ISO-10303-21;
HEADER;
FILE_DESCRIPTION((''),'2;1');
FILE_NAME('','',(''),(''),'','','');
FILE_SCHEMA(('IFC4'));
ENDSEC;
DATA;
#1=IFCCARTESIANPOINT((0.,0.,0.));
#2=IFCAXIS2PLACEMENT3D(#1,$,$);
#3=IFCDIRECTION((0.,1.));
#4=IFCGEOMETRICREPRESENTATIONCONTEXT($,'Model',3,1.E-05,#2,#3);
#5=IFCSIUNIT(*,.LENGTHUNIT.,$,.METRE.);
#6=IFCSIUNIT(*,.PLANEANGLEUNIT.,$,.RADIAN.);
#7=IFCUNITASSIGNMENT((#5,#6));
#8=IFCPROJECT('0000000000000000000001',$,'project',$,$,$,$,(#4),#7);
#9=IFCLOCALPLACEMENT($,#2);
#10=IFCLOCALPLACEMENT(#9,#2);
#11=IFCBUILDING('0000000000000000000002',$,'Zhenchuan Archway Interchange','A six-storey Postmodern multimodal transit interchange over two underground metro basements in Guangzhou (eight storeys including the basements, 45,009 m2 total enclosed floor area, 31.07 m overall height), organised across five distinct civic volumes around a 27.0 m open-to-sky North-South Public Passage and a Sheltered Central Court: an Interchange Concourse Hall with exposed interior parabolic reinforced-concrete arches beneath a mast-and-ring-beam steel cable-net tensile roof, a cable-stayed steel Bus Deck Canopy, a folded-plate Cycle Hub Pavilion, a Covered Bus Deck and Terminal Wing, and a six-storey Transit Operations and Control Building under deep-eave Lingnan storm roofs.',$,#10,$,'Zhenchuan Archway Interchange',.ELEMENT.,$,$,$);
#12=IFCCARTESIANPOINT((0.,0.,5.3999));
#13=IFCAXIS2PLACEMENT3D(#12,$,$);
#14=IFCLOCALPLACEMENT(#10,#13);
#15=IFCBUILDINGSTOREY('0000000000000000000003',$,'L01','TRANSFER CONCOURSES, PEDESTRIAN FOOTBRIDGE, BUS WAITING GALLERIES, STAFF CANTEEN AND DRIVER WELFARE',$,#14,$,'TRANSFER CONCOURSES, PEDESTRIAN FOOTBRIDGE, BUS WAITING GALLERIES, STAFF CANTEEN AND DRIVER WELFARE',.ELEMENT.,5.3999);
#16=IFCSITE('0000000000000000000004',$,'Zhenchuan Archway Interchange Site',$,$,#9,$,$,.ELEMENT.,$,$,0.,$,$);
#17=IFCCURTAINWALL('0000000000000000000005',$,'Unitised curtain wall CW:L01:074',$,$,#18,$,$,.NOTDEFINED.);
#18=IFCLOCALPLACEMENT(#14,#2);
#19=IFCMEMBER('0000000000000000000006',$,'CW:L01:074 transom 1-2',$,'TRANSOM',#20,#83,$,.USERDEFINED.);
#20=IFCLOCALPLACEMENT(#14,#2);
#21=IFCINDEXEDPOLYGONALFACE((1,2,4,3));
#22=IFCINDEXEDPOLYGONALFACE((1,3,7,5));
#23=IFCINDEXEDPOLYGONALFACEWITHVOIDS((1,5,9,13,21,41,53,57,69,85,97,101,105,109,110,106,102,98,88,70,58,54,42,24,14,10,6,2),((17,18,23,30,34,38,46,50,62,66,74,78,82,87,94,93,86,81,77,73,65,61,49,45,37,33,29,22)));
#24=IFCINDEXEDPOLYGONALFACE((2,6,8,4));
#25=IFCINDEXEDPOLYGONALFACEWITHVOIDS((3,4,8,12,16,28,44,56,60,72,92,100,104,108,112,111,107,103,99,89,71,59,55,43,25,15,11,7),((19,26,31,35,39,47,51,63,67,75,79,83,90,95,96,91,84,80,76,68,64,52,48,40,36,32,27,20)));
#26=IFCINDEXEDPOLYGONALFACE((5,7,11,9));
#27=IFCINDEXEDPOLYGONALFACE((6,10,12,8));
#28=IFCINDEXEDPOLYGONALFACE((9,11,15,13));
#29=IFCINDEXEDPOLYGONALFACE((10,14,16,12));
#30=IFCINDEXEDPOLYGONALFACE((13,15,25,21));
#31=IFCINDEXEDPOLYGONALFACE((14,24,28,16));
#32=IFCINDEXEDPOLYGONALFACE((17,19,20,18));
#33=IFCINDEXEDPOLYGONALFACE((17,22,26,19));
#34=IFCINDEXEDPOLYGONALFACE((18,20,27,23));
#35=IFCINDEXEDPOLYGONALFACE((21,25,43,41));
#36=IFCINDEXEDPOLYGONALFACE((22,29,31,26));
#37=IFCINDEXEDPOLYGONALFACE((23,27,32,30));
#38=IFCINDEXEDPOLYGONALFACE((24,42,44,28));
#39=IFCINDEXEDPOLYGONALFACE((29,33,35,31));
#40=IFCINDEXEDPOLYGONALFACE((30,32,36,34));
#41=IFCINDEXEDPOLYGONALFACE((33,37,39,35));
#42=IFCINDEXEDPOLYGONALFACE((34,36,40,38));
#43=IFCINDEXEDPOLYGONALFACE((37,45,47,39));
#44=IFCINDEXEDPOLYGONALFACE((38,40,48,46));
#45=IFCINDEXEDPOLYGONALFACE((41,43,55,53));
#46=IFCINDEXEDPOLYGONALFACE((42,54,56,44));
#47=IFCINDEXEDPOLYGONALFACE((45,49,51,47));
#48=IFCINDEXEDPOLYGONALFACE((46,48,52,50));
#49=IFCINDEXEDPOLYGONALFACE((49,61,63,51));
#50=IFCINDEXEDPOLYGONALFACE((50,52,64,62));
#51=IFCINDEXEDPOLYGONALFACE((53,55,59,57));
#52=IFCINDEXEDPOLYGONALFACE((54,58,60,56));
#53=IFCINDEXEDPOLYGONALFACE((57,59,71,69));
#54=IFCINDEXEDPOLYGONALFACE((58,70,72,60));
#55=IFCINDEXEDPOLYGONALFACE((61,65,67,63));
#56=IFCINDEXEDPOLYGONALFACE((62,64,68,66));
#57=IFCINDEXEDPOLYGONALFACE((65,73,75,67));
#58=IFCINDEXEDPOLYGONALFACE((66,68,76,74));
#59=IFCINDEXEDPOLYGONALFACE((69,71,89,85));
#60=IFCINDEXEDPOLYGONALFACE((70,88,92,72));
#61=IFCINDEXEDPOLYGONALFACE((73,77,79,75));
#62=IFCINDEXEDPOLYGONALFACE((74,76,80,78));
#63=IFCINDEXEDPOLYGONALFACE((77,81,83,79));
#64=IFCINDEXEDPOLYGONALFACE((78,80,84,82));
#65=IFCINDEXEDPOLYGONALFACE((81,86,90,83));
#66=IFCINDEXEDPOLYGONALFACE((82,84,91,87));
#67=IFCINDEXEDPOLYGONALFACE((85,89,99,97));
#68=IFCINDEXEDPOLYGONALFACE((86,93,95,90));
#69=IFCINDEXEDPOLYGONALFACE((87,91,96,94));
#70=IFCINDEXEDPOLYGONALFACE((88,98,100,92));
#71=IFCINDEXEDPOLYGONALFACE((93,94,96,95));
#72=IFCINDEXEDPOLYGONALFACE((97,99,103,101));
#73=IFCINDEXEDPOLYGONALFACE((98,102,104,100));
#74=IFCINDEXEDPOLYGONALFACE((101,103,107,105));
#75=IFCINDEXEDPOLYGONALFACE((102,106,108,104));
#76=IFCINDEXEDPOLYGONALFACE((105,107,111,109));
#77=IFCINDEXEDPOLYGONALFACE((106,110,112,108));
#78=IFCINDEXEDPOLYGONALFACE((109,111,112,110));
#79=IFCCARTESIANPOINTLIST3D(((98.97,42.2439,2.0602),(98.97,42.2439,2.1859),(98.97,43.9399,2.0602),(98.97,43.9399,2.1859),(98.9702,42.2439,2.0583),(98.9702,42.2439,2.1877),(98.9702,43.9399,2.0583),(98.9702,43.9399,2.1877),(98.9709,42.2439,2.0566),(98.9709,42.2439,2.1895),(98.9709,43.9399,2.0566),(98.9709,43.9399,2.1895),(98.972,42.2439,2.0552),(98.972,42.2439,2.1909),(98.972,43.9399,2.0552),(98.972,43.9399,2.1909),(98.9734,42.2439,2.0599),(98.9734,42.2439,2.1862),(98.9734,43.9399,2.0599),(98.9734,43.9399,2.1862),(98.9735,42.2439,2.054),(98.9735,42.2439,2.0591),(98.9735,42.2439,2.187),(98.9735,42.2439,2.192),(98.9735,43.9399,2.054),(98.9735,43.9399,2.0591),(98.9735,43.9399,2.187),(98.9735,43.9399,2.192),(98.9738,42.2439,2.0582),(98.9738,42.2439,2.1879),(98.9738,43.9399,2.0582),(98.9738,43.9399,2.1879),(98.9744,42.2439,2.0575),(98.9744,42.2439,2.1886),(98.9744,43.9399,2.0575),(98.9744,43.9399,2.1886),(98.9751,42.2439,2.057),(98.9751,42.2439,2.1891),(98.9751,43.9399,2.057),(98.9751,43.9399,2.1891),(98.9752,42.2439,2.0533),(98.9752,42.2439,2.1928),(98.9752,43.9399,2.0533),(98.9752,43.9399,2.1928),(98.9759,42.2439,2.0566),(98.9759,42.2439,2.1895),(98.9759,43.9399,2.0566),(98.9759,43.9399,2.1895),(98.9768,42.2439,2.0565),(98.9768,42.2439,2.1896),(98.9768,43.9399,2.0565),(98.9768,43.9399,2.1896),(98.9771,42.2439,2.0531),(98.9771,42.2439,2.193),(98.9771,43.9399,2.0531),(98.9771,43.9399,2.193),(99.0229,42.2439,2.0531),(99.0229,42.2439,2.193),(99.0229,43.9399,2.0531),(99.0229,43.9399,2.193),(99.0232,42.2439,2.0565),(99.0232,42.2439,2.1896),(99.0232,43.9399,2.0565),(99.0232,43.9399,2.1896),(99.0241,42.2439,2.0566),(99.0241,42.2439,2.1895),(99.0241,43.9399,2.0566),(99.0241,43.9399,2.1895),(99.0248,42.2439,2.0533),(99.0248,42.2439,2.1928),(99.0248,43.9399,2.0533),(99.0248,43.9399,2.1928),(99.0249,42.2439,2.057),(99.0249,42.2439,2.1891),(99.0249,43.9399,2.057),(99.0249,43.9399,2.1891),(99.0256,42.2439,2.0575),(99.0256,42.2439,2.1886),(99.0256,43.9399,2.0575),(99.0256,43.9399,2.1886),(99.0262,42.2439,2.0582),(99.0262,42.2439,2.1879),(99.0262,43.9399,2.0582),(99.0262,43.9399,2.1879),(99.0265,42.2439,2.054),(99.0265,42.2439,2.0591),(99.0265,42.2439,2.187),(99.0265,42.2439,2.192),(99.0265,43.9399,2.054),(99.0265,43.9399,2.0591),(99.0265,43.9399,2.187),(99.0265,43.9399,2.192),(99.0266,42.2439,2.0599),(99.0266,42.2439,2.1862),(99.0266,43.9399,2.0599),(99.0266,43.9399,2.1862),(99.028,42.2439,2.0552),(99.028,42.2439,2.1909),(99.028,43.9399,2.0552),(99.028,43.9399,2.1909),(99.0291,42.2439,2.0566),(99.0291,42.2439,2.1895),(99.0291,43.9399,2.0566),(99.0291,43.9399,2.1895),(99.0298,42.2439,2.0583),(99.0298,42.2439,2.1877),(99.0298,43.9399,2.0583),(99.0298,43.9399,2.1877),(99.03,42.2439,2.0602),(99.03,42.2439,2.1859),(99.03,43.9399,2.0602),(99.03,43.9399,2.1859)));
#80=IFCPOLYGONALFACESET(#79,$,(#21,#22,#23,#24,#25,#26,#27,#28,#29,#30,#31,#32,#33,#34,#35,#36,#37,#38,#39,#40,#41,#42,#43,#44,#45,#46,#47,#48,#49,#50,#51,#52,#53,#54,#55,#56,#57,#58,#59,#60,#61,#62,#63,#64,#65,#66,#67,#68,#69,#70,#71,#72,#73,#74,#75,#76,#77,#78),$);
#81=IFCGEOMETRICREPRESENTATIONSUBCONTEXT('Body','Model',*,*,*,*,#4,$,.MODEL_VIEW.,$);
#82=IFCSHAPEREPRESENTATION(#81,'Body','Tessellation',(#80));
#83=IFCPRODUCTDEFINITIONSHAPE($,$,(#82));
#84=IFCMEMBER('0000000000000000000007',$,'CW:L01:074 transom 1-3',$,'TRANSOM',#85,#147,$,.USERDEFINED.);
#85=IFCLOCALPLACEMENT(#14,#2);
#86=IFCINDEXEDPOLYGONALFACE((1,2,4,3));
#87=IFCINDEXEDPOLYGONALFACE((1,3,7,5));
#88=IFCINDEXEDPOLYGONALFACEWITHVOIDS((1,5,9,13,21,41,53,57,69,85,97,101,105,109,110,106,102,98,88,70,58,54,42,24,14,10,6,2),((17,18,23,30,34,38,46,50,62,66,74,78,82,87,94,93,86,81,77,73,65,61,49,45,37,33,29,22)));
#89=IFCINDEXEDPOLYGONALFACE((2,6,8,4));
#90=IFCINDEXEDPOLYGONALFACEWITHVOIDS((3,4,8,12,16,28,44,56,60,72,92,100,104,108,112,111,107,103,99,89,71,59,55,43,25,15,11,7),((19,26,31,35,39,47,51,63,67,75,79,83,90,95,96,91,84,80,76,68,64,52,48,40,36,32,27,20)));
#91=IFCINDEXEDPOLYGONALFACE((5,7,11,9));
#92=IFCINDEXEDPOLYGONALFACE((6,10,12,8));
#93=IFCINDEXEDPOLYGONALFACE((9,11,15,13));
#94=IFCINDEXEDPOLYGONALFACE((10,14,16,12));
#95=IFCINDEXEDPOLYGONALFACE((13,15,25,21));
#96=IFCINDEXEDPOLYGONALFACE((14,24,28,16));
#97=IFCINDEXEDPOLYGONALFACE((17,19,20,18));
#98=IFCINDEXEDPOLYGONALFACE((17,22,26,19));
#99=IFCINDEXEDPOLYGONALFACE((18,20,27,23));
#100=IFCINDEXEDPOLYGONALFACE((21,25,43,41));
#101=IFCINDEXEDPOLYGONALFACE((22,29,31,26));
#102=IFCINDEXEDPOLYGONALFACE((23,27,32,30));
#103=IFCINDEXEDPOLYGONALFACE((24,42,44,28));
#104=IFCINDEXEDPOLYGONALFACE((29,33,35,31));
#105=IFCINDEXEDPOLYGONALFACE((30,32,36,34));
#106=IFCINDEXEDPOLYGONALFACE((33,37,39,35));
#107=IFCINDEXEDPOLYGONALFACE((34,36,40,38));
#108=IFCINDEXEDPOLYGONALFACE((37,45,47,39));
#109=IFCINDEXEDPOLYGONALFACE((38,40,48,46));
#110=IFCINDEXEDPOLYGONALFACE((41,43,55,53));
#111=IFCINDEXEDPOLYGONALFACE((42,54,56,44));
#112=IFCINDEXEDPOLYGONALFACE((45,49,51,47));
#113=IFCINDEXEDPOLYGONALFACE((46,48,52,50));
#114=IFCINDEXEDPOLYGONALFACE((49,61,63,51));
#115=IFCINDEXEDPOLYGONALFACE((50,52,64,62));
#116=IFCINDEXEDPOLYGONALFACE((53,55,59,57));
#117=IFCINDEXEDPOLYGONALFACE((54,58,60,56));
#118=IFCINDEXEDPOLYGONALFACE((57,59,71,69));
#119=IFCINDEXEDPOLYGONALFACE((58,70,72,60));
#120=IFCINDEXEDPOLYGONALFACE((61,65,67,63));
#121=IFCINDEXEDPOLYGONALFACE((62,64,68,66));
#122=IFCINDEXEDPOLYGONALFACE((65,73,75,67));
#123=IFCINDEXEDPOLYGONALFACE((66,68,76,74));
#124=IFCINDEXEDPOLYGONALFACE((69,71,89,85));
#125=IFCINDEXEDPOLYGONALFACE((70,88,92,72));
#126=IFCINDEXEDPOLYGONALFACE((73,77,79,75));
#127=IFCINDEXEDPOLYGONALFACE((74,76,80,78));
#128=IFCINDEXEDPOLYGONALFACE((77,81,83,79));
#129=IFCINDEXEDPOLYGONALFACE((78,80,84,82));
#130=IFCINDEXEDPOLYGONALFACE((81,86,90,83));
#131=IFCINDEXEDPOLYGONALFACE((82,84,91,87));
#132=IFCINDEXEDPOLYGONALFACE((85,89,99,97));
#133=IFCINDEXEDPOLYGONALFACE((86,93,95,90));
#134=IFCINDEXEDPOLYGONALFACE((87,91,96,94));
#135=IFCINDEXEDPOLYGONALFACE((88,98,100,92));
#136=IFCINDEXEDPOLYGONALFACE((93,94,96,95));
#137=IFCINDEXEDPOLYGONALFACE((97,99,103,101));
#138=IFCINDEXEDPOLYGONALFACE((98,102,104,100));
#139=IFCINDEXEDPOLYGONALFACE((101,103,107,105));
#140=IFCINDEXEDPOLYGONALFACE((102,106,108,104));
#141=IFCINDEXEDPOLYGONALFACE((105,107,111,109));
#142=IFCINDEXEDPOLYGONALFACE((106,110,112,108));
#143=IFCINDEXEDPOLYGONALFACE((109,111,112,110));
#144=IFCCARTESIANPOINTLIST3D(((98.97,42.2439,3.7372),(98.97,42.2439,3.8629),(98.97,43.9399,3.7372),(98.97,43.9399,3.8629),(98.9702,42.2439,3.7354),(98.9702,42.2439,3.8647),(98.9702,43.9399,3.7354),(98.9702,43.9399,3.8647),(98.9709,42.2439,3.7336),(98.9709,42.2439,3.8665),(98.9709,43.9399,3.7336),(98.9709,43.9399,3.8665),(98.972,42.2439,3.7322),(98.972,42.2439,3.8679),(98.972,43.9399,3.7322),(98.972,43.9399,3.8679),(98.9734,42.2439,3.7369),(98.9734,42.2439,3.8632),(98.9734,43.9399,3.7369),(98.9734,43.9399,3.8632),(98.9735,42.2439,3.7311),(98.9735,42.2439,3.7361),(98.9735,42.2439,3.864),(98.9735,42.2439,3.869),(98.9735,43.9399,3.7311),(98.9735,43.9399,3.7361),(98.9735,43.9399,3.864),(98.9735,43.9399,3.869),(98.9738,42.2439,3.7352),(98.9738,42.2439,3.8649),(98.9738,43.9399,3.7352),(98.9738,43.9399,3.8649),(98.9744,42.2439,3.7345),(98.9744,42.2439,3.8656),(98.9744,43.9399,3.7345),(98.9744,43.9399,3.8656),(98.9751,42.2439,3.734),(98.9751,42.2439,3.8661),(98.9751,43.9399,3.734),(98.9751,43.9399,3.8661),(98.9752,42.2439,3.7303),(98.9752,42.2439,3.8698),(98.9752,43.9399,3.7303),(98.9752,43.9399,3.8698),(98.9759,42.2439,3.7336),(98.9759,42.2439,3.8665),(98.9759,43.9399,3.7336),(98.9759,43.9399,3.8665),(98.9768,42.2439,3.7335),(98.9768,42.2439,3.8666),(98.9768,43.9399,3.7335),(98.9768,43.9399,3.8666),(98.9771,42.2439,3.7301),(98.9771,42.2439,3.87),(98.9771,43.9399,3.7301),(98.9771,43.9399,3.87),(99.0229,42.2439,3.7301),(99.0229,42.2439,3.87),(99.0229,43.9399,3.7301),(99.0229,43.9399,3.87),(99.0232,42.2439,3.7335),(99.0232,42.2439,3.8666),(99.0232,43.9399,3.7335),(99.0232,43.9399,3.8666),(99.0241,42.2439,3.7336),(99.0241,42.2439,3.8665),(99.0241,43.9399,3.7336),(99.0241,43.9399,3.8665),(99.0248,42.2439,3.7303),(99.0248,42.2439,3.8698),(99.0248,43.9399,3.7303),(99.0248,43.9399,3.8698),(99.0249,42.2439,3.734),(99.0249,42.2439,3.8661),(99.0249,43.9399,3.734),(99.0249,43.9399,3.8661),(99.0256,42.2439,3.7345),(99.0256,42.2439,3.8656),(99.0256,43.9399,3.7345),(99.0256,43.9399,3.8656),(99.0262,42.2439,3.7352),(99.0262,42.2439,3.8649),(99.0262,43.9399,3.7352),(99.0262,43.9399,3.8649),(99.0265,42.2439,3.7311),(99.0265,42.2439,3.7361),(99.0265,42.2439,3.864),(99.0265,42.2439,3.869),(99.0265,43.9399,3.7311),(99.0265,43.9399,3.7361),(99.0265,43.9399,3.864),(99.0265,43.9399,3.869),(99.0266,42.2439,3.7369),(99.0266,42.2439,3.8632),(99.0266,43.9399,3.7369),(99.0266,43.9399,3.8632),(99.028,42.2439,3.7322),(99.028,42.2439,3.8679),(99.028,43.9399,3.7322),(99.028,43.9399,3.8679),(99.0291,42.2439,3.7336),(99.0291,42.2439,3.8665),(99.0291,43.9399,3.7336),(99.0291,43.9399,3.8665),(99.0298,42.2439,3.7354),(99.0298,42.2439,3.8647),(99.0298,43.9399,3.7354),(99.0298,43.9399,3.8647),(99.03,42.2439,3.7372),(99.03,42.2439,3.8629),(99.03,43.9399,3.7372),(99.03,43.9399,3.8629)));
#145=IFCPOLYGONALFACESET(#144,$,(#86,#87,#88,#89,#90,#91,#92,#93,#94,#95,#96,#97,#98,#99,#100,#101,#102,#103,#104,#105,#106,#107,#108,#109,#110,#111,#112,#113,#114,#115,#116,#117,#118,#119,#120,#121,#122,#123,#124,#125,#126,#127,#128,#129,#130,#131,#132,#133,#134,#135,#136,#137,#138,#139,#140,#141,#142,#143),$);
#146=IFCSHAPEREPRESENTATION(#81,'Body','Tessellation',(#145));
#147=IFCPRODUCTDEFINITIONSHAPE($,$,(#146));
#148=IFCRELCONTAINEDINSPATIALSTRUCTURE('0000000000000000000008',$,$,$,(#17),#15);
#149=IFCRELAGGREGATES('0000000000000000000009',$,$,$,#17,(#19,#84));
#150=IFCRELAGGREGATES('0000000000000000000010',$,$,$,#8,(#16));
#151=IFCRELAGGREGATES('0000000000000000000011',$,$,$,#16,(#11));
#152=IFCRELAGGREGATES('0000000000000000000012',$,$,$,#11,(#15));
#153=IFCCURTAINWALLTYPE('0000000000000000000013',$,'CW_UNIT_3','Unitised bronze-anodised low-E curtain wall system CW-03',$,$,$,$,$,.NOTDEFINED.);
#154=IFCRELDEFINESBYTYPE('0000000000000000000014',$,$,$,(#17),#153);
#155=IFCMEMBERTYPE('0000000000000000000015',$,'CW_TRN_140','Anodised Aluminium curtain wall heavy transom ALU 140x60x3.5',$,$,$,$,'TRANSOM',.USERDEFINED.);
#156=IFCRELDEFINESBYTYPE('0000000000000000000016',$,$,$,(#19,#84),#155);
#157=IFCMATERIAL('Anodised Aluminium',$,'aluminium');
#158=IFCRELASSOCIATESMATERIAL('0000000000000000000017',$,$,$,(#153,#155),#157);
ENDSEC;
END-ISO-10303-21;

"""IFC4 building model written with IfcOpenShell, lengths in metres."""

from ifc_helpers import new_model, si_unit, direction, frame, origin, origin_2d, place, context, subcontext, project, spatial, hollow_rectangle, extrude, material, material_profile, profile_set, type_object, element, aggregate, save


model = new_model("IFC4")

# Units and contexts
model_context = context("Model", 3, precision=1e-05, world=origin(), true_north=direction((0.0, 1.0)))
body_context = subcontext(model_context, "Body", "Model", "MODEL_VIEW")
ifc_project = project(units=[si_unit("LENGTHUNIT", "METRE"), si_unit("PLANEANGLEUNIT", "RADIAN")], contexts=[model_context])

# Site, building, storey
site_placement = place(None, origin())
site = spatial("IfcSite", under=ifc_project, at=site_placement, Name="Zhenchuan Archway Interchange Site", CompositionType="ELEMENT", RefElevation=0.0)
building_placement = place(site_placement, origin())
building = spatial("IfcBuilding", under=site, at=building_placement, Name="Zhenchuan Archway Interchange", Description="A six-storey Postmodern multimodal transit interchange over two underground metro basements in Guangzhou (eight storeys including the basements, 45,009 m2 total enclosed floor area, 31.07 m overall height), organised across five distinct civic volumes around a 27.0 m open-to-sky North-South Public Passage and a Sheltered Central Court: an Interchange Concourse Hall with exposed interior parabolic reinforced-concrete arches beneath a mast-and-ring-beam steel cable-net tensile roof, a cable-stayed steel Bus Deck Canopy, a folded-plate Cycle Hub Pavilion, a Covered Bus Deck and Terminal Wing, and a six-storey Transit Operations and Control Building under deep-eave Lingnan storm roofs.", LongName="Zhenchuan Archway Interchange", CompositionType="ELEMENT")
storey_placement = place(building_placement, frame((0.0, 0.0, 5.3999)))
storey = spatial("IfcBuildingStorey", under=building, at=storey_placement, Name="L01", Description="TRANSFER CONCOURSES, PEDESTRIAN FOOTBRIDGE, BUS WAITING GALLERIES, STAFF CANTEEN AND DRIVER WELFARE", LongName="TRANSFER CONCOURSES, PEDESTRIAN FOOTBRIDGE, BUS WAITING GALLERIES, STAFF CANTEEN AND DRIVER WELFARE", CompositionType="ELEMENT", Elevation=5.3999)

# Curtain wall
ifc_material_1 = material(Name="Anodised Aluminium", Category="aluminium")
curtain_wall_type_1 = type_object("IfcCurtainWallType", Name="CW_UNIT_3", Description="Unitised bronze-anodised low-E curtain wall system CW-03", PredefinedType="NOTDEFINED", material=ifc_material_1)
curtain_wall_1_placement = place(storey_placement, origin())
curtain_wall_1 = element("IfcCurtainWall", 1, at=curtain_wall_1_placement, inside=storey, type_object=curtain_wall_type_1, Name="Unitised curtain wall CW:L01:074", PredefinedType="NOTDEFINED")

# Members
ifc_material_profile_1 = material_profile(ifc_material_1, hollow_rectangle(XDim=0.0601, YDim=0.1399, WallThickness=0.0034, InnerFilletRadius=0.0034, OuterFilletRadius=0.0071, at=origin_2d()), Name="ALU 140x60x3.5")
ifc_profile_set_1 = profile_set([ifc_material_profile_1], Name="Anodised Aluminium")
member_type_1 = type_object("IfcMemberType", Name="CW_TRN_140", Description="Anodised Aluminium curtain wall heavy transom ALU 140x60x3.5", ElementType="TRANSOM", PredefinedType="USERDEFINED", material=ifc_profile_set_1)
member_1_placement = place(storey_placement, frame((99.0, 42.2439, 2.123), z_axis=(0.0, 1.0, 0.0), x_axis=(-1.0, 0.0, 0.0)))
member_1 = element("IfcMember", 2, at=member_1_placement, type_object=member_type_1, Name="CW:L01:074 transom 1-2", ObjectType="TRANSOM", PredefinedType="USERDEFINED", context=body_context, shape_type="SweptSolid", body=[
    extrude(hollow_rectangle(XDim=0.0601, YDim=0.1399, WallThickness=0.0034, InnerFilletRadius=0.0034, OuterFilletRadius=0.0071, at=origin_2d()), origin(), (0.0, 0.0, 1.0), 1.696),
])
member_2_placement = place(storey_placement, frame((99.0, 42.2439, 3.8), z_axis=(0.0, 1.0, 0.0), x_axis=(-1.0, 0.0, 0.0)))
member_2 = element("IfcMember", 3, at=member_2_placement, type_object=member_type_1, Name="CW:L01:074 transom 1-3", ObjectType="TRANSOM", PredefinedType="USERDEFINED", context=body_context, shape_type="SweptSolid", body=[
    extrude(hollow_rectangle(XDim=0.0601, YDim=0.1399, WallThickness=0.0034, InnerFilletRadius=0.0034, OuterFilletRadius=0.0071, at=origin_2d()), origin(), (0.0, 0.0, 1.0), 1.696),
])

aggregate(curtain_wall_1, [member_1, member_2])

save(model, "model.ifc")
